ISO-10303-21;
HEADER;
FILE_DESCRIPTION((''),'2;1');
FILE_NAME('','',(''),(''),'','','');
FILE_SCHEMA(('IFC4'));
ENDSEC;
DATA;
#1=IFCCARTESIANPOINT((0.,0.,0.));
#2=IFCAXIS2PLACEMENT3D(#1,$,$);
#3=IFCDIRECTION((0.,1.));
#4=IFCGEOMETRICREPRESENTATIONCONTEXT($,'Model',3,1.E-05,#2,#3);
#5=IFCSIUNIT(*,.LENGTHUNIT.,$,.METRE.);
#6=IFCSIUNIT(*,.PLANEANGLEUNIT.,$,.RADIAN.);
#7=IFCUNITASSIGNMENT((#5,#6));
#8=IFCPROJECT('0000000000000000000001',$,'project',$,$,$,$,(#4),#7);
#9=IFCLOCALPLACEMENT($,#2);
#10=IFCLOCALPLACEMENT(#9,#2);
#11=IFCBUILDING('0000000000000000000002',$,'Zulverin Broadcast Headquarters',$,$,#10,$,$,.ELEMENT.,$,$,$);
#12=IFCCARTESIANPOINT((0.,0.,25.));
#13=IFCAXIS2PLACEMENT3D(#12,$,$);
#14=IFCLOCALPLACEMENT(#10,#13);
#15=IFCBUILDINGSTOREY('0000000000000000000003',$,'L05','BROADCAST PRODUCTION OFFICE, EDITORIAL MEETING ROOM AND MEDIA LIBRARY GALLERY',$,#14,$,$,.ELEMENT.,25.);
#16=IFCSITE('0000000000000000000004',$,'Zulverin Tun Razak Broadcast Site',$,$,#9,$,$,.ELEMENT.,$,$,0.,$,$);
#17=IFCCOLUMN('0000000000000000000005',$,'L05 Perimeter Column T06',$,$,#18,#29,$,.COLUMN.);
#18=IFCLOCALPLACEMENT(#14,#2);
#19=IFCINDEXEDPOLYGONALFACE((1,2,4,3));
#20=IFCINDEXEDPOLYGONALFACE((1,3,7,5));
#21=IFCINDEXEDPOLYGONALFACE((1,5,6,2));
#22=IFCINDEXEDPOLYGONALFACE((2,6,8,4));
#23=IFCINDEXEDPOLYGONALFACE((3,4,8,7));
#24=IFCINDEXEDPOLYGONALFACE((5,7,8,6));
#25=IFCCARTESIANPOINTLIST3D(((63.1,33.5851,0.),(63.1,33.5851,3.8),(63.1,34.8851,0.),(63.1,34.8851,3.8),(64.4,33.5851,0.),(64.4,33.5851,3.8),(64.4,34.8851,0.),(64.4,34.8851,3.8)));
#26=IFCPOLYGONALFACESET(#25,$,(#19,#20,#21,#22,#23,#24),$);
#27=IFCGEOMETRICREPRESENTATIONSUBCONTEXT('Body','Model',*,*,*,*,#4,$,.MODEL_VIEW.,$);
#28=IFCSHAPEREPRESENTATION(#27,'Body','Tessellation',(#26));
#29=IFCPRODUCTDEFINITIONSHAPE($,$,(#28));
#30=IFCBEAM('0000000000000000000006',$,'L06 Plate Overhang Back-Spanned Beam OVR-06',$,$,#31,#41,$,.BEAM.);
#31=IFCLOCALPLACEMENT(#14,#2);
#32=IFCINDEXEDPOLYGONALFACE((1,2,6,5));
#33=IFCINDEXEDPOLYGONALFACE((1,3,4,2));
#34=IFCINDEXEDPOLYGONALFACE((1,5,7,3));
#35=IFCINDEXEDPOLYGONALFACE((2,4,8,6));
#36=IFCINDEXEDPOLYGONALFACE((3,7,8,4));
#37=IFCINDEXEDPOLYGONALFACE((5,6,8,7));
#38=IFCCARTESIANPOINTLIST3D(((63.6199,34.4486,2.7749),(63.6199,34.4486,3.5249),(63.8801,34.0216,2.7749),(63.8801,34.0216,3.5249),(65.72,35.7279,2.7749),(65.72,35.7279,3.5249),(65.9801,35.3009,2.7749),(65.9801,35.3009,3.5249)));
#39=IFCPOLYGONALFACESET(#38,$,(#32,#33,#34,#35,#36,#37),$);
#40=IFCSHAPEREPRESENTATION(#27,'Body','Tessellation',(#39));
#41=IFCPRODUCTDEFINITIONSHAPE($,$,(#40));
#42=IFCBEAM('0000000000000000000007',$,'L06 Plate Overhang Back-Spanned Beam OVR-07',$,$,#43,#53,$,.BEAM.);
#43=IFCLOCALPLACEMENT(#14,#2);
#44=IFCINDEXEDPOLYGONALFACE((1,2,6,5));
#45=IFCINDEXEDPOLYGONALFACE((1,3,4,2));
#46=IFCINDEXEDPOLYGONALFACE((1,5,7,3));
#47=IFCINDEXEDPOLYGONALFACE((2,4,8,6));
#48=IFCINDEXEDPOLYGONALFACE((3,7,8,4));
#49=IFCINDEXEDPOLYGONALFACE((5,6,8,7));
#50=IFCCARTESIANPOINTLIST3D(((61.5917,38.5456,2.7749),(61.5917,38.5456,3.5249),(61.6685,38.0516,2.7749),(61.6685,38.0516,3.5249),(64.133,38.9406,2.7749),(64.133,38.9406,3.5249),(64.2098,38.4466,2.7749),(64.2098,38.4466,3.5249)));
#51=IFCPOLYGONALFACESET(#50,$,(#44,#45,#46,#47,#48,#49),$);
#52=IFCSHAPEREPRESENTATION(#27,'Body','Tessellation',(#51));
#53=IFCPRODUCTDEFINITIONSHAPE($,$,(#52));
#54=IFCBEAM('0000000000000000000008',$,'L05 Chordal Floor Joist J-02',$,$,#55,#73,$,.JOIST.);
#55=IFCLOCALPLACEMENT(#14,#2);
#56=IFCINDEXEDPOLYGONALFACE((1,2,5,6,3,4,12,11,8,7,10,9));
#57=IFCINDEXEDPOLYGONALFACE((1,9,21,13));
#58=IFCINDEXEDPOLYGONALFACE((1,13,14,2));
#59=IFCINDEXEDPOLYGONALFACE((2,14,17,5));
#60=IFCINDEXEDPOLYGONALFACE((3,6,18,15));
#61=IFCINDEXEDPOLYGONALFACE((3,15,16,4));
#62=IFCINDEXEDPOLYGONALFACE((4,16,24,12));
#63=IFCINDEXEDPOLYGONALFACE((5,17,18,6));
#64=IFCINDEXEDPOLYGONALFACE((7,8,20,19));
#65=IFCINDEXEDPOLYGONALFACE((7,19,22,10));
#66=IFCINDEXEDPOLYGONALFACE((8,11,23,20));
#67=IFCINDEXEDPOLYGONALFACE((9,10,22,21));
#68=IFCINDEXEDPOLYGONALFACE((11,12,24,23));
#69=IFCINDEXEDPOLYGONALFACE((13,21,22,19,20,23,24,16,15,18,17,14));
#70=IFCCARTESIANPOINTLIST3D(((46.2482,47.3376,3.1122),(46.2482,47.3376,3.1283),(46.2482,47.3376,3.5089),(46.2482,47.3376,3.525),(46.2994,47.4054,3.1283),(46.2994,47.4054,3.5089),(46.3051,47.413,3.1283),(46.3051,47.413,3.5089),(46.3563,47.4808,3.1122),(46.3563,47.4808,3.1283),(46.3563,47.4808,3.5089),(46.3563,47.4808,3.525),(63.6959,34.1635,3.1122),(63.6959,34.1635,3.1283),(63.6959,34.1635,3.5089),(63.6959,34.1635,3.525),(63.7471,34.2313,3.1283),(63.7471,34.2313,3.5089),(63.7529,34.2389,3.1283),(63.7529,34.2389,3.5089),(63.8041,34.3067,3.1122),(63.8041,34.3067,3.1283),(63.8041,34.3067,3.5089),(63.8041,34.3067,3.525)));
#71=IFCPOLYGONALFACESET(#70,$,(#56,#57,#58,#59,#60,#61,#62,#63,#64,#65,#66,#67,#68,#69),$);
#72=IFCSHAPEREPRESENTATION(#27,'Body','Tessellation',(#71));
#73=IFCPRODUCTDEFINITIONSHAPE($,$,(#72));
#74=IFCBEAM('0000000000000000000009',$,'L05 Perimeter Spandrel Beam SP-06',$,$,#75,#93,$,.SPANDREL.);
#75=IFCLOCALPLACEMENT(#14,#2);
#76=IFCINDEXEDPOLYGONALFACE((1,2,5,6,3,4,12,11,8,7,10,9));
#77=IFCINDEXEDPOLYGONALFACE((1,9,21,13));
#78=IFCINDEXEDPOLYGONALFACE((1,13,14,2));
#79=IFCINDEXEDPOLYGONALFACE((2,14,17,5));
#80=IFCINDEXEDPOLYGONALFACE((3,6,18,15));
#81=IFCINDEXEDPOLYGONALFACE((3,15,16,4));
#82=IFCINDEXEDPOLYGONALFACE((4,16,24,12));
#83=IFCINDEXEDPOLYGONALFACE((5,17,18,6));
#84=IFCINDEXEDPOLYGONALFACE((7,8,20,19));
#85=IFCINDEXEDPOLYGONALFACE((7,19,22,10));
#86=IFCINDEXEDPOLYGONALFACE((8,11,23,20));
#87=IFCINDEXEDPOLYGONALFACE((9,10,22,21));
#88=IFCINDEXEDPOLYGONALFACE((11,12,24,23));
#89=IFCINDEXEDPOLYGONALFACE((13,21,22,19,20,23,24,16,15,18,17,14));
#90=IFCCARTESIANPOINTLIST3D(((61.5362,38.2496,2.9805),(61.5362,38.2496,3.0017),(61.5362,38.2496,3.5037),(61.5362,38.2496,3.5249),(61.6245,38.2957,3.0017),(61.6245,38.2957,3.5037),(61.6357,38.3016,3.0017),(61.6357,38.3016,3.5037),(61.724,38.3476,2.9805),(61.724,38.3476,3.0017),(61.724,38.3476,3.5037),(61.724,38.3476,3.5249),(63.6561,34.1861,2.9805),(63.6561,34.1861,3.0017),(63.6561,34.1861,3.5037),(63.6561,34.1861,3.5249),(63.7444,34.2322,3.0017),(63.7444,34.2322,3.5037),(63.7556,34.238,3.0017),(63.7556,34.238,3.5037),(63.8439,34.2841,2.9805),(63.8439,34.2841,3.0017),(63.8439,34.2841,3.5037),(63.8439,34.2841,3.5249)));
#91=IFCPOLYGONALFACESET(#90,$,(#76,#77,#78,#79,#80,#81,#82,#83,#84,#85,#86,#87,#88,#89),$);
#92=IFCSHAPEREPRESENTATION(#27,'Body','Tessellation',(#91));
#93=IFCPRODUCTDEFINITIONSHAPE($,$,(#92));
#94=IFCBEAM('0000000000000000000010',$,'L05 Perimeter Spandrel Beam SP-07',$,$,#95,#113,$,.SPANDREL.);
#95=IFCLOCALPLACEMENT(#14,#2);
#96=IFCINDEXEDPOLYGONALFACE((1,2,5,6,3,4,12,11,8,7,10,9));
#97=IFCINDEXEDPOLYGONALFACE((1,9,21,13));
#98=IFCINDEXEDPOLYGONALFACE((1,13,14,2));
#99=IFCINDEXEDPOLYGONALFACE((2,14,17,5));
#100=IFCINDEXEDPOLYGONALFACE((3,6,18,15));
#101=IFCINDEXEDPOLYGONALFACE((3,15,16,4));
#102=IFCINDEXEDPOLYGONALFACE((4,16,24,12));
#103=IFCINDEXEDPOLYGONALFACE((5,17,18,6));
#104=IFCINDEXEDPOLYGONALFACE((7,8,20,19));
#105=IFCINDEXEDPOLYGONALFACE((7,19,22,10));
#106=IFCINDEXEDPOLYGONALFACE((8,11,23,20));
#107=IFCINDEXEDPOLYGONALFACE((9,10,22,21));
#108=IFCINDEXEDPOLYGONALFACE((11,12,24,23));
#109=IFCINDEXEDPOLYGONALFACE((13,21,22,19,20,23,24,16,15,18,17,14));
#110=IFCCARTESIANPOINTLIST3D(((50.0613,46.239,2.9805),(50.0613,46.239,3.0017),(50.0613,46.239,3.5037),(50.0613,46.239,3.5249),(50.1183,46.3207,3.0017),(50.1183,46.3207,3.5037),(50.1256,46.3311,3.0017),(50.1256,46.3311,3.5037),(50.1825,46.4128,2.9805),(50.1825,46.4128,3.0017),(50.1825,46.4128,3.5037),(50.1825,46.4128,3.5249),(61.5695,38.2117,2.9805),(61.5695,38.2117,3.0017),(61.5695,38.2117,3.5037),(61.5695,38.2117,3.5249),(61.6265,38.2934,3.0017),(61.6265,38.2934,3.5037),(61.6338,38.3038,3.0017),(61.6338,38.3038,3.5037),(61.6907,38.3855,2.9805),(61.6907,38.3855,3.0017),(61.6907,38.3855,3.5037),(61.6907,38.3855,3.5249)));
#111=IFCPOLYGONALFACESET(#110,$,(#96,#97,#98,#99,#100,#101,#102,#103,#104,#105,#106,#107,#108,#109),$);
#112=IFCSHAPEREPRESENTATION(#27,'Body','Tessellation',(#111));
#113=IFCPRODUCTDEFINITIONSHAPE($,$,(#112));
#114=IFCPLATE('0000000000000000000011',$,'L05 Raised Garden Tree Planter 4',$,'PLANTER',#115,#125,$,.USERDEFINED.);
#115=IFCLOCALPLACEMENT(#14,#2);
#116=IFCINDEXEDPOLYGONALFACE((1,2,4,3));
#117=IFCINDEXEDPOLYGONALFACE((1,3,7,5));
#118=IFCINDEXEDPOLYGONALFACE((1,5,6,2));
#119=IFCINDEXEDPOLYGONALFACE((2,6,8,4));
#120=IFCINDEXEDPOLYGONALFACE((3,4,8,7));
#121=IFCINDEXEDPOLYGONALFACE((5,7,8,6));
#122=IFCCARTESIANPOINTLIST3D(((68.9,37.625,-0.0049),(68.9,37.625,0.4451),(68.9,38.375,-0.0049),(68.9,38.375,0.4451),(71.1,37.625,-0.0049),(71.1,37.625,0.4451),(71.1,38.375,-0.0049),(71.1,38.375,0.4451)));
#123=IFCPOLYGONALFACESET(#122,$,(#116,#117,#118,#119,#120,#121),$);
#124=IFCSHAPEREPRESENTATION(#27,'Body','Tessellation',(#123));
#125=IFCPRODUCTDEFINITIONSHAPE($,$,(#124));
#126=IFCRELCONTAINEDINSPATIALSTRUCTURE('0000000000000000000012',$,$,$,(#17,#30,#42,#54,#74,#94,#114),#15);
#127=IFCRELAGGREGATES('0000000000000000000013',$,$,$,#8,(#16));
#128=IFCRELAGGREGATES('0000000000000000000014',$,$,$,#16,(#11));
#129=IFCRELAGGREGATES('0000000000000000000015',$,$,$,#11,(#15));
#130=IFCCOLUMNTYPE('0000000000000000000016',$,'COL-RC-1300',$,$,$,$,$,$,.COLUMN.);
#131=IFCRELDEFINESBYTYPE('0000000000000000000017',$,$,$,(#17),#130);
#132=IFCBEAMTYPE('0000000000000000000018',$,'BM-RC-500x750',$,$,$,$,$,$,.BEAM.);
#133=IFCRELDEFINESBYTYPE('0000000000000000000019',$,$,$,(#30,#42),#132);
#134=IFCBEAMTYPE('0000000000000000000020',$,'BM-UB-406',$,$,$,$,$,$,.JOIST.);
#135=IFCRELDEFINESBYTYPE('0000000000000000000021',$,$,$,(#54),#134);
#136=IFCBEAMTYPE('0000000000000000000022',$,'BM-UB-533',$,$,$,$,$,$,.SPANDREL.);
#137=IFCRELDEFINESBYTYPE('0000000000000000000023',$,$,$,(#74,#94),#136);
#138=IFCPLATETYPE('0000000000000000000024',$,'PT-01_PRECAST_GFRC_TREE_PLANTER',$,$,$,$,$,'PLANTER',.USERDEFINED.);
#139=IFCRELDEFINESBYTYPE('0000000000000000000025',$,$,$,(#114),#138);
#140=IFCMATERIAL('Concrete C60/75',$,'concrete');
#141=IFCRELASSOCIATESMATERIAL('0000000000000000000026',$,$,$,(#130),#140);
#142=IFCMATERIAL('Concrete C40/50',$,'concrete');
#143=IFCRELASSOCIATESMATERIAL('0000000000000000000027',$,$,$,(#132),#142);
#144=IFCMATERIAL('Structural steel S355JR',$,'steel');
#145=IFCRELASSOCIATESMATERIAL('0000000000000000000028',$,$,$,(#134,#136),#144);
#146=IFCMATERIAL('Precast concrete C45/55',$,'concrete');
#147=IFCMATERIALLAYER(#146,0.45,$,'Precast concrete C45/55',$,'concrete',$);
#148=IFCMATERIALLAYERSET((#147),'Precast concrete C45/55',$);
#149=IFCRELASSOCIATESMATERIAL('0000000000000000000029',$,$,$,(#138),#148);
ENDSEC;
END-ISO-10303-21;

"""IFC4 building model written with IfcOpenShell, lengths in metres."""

from ifc_helpers import new_model, si_unit, direction, frame, origin, origin_2d, place, context, subcontext, project, spatial, rectangle, i_section, extrude, material, layer, layer_set, material_profile, profile_set, type_object, element, save


model = new_model("IFC4")

# Units and contexts
model_context = context("Model", 3, precision=1e-05, world=origin(), true_north=direction((0.0, 1.0)))
body_context = subcontext(model_context, "Body", "Model", "MODEL_VIEW")
ifc_project = project(units=[si_unit("LENGTHUNIT", "METRE"), si_unit("PLANEANGLEUNIT", "RADIAN")], contexts=[model_context])

# Site, building, storey
site_placement = place(None, origin())
site = spatial("IfcSite", under=ifc_project, at=site_placement, Name="Zulverin Tun Razak Broadcast Site", CompositionType="ELEMENT", RefElevation=0.0)
building_placement = place(site_placement, origin())
building = spatial("IfcBuilding", under=site, at=building_placement, Name="Zulverin Broadcast Headquarters", CompositionType="ELEMENT")
storey_placement = place(building_placement, frame((0.0, 0.0, 25.0)))
storey = spatial("IfcBuildingStorey", under=building, at=storey_placement, Name="L05", Description="BROADCAST PRODUCTION OFFICE, EDITORIAL MEETING ROOM AND MEDIA LIBRARY GALLERY", CompositionType="ELEMENT", Elevation=25.0)

# Column
ifc_material_1 = material(Name="Concrete C60/75", Category="concrete")
ifc_material_profile_1 = material_profile(ifc_material_1, rectangle(XDim=1.3, YDim=1.3, at=origin_2d()), Name="Concrete C60/75", Category="concrete")
ifc_profile_set_1 = profile_set([ifc_material_profile_1], Name="Concrete C60/75")
column_type = type_object("IfcColumnType", Name="COL-RC-1300", PredefinedType="COLUMN", material=ifc_profile_set_1)
column_placement = place(storey_placement, frame((63.75, 34.2351, 0.0), z_axis=(0.0, 0.0, 1.0), x_axis=(1.0, 0.0, 0.0)))
element("IfcColumn", 1, at=column_placement, inside=storey, type_object=column_type, Name="L05 Perimeter Column T06", PredefinedType="COLUMN", context=body_context, shape_type="SweptSolid", body=[
    extrude(rectangle(XDim=1.3, YDim=1.3, at=origin_2d()), origin(), (0.0, 0.0, 1.0), 3.8),
])

# Beams
ifc_material_2 = material(Name="Concrete C40/50", Category="concrete")
ifc_material_profile_2 = material_profile(ifc_material_2, rectangle(XDim=0.5, YDim=0.75, at=origin_2d()), Name="Concrete C40/50", Category="concrete")
ifc_profile_set_2 = profile_set([ifc_material_profile_2], Name="Concrete C40/50")
beam_type_1 = type_object("IfcBeamType", Name="BM-RC-500x750", PredefinedType="BEAM", material=ifc_profile_set_2)
beam_1_placement = place(storey_placement, frame((63.75, 34.2351, 3.1499), z_axis=(0.854022, 0.520237, 0.0), x_axis=(-0.520237, 0.854022, 0.0)))
element("IfcBeam", 2, at=beam_1_placement, inside=storey, type_object=beam_type_1, Name="L06 Plate Overhang Back-Spanned Beam OVR-06", PredefinedType="BEAM", context=body_context, shape_type="SweptSolid", body=[
    extrude(rectangle(XDim=0.5, YDim=0.75, at=origin_2d()), origin(), (0.0, 0.0, 1.0), 2.459),
])
beam_2_placement = place(storey_placement, frame((61.6301, 38.2986, 3.1499), z_axis=(0.988133, 0.153598, 0.0), x_axis=(-0.153598, 0.988133, 0.0)))
element("IfcBeam", 3, at=beam_2_placement, inside=storey, type_object=beam_type_1, Name="L06 Plate Overhang Back-Spanned Beam OVR-07", PredefinedType="BEAM", context=body_context, shape_type="SweptSolid", body=[
    extrude(rectangle(XDim=0.5, YDim=0.75, at=origin_2d()), origin(), (0.0, 0.0, 1.0), 2.5718),
])
ifc_material_3 = material(Name="Structural steel S355JR", Category="steel")
ifc_material_profile_3 = material_profile(ifc_material_3, i_section(OverallWidth=0.1794, OverallDepth=0.4128, WebThickness=0.0095, FlangeThickness=0.0161, at=origin_2d()), Name="Structural steel S355JR", Category="steel")
ifc_profile_set_3 = profile_set([ifc_material_profile_3], Name="Structural steel S355JR")
beam_type_2 = type_object("IfcBeamType", Name="BM-UB-406", PredefinedType="JOIST", material=ifc_profile_set_3)
beam_3_placement = place(storey_placement, frame((63.75, 34.2351, 3.3186), z_axis=(-0.798058, 0.60258, 0.0), x_axis=(-0.60258, -0.798058, 0.0)))
element("IfcBeam", 4, at=beam_3_placement, inside=storey, type_object=beam_type_2, Name="L05 Chordal Floor Joist J-02", PredefinedType="JOIST", context=body_context, shape_type="SweptSolid", body=[
    extrude(i_section(OverallWidth=0.1794, OverallDepth=0.4128, WebThickness=0.0095, FlangeThickness=0.0161, at=origin_2d()), origin(), (0.0, 0.0, 1.0), 21.8628),
])
ifc_material_profile_4 = material_profile(ifc_material_3, i_section(OverallWidth=0.2119, OverallDepth=0.5444, WebThickness=0.0127, FlangeThickness=0.0212, at=origin_2d()), Name="Structural steel S355JR", Category="steel")
ifc_profile_set_4 = profile_set([ifc_material_profile_4], Name="Structural steel S355JR")
beam_type_3 = type_object("IfcBeamType", Name="BM-UB-533", PredefinedType="SPANDREL", material=ifc_profile_set_4)
beam_4_placement = place(storey_placement, frame((63.75, 34.2351, 3.2527), z_axis=(-0.462531, 0.886603, 0.0), x_axis=(-0.886603, -0.462531, 0.0)))
element("IfcBeam", 5, at=beam_4_placement, inside=storey, type_object=beam_type_3, Name="L05 Perimeter Spandrel Beam SP-06", PredefinedType="SPANDREL", context=body_context, shape_type="SweptSolid", body=[
    extrude(i_section(OverallWidth=0.2119, OverallDepth=0.5444, WebThickness=0.0127, FlangeThickness=0.0212, at=origin_2d()), origin(), (0.0, 0.0, 1.0), 4.5833),
])
beam_5_placement = place(storey_placement, frame((61.6301, 38.2986, 3.2527), z_axis=(-0.820184, 0.5721, 0.0), x_axis=(-0.5721, -0.820184, 0.0)))
element("IfcBeam", 6, at=beam_5_placement, inside=storey, type_object=beam_type_3, Name="L05 Perimeter Spandrel Beam SP-07", PredefinedType="SPANDREL", context=body_context, shape_type="SweptSolid", body=[
    extrude(i_section(OverallWidth=0.2119, OverallDepth=0.5444, WebThickness=0.0127, FlangeThickness=0.0212, at=origin_2d()), origin(), (0.0, 0.0, 1.0), 14.0312),
])

# Plate
ifc_material_4 = material(Name="Precast concrete C45/55", Category="concrete")
ifc_layer_1 = layer(ifc_material_4, 0.45, Name="Precast concrete C45/55", Category="concrete")
ifc_layer_set_1 = layer_set([ifc_layer_1], Name="Precast concrete C45/55")
plate_type = type_object("IfcPlateType", Name="PT-01_PRECAST_GFRC_TREE_PLANTER", ElementType="PLANTER", PredefinedType="USERDEFINED", material=ifc_layer_set_1)
plate_placement = place(storey_placement, frame((70.0, 38.0, -0.0049), z_axis=(0.0, 0.0, 1.0), x_axis=(1.0, 0.0, 0.0)))
element("IfcPlate", 7, at=plate_placement, inside=storey, type_object=plate_type, Name="L05 Raised Garden Tree Planter 4", ObjectType="PLANTER", PredefinedType="USERDEFINED", context=body_context, shape_type="SweptSolid", body=[
    extrude(rectangle(XDim=2.2, YDim=0.75, at=origin_2d()), origin(), (0.0, 0.0, 1.0), 0.45),
])

save(model, "model.ifc")
